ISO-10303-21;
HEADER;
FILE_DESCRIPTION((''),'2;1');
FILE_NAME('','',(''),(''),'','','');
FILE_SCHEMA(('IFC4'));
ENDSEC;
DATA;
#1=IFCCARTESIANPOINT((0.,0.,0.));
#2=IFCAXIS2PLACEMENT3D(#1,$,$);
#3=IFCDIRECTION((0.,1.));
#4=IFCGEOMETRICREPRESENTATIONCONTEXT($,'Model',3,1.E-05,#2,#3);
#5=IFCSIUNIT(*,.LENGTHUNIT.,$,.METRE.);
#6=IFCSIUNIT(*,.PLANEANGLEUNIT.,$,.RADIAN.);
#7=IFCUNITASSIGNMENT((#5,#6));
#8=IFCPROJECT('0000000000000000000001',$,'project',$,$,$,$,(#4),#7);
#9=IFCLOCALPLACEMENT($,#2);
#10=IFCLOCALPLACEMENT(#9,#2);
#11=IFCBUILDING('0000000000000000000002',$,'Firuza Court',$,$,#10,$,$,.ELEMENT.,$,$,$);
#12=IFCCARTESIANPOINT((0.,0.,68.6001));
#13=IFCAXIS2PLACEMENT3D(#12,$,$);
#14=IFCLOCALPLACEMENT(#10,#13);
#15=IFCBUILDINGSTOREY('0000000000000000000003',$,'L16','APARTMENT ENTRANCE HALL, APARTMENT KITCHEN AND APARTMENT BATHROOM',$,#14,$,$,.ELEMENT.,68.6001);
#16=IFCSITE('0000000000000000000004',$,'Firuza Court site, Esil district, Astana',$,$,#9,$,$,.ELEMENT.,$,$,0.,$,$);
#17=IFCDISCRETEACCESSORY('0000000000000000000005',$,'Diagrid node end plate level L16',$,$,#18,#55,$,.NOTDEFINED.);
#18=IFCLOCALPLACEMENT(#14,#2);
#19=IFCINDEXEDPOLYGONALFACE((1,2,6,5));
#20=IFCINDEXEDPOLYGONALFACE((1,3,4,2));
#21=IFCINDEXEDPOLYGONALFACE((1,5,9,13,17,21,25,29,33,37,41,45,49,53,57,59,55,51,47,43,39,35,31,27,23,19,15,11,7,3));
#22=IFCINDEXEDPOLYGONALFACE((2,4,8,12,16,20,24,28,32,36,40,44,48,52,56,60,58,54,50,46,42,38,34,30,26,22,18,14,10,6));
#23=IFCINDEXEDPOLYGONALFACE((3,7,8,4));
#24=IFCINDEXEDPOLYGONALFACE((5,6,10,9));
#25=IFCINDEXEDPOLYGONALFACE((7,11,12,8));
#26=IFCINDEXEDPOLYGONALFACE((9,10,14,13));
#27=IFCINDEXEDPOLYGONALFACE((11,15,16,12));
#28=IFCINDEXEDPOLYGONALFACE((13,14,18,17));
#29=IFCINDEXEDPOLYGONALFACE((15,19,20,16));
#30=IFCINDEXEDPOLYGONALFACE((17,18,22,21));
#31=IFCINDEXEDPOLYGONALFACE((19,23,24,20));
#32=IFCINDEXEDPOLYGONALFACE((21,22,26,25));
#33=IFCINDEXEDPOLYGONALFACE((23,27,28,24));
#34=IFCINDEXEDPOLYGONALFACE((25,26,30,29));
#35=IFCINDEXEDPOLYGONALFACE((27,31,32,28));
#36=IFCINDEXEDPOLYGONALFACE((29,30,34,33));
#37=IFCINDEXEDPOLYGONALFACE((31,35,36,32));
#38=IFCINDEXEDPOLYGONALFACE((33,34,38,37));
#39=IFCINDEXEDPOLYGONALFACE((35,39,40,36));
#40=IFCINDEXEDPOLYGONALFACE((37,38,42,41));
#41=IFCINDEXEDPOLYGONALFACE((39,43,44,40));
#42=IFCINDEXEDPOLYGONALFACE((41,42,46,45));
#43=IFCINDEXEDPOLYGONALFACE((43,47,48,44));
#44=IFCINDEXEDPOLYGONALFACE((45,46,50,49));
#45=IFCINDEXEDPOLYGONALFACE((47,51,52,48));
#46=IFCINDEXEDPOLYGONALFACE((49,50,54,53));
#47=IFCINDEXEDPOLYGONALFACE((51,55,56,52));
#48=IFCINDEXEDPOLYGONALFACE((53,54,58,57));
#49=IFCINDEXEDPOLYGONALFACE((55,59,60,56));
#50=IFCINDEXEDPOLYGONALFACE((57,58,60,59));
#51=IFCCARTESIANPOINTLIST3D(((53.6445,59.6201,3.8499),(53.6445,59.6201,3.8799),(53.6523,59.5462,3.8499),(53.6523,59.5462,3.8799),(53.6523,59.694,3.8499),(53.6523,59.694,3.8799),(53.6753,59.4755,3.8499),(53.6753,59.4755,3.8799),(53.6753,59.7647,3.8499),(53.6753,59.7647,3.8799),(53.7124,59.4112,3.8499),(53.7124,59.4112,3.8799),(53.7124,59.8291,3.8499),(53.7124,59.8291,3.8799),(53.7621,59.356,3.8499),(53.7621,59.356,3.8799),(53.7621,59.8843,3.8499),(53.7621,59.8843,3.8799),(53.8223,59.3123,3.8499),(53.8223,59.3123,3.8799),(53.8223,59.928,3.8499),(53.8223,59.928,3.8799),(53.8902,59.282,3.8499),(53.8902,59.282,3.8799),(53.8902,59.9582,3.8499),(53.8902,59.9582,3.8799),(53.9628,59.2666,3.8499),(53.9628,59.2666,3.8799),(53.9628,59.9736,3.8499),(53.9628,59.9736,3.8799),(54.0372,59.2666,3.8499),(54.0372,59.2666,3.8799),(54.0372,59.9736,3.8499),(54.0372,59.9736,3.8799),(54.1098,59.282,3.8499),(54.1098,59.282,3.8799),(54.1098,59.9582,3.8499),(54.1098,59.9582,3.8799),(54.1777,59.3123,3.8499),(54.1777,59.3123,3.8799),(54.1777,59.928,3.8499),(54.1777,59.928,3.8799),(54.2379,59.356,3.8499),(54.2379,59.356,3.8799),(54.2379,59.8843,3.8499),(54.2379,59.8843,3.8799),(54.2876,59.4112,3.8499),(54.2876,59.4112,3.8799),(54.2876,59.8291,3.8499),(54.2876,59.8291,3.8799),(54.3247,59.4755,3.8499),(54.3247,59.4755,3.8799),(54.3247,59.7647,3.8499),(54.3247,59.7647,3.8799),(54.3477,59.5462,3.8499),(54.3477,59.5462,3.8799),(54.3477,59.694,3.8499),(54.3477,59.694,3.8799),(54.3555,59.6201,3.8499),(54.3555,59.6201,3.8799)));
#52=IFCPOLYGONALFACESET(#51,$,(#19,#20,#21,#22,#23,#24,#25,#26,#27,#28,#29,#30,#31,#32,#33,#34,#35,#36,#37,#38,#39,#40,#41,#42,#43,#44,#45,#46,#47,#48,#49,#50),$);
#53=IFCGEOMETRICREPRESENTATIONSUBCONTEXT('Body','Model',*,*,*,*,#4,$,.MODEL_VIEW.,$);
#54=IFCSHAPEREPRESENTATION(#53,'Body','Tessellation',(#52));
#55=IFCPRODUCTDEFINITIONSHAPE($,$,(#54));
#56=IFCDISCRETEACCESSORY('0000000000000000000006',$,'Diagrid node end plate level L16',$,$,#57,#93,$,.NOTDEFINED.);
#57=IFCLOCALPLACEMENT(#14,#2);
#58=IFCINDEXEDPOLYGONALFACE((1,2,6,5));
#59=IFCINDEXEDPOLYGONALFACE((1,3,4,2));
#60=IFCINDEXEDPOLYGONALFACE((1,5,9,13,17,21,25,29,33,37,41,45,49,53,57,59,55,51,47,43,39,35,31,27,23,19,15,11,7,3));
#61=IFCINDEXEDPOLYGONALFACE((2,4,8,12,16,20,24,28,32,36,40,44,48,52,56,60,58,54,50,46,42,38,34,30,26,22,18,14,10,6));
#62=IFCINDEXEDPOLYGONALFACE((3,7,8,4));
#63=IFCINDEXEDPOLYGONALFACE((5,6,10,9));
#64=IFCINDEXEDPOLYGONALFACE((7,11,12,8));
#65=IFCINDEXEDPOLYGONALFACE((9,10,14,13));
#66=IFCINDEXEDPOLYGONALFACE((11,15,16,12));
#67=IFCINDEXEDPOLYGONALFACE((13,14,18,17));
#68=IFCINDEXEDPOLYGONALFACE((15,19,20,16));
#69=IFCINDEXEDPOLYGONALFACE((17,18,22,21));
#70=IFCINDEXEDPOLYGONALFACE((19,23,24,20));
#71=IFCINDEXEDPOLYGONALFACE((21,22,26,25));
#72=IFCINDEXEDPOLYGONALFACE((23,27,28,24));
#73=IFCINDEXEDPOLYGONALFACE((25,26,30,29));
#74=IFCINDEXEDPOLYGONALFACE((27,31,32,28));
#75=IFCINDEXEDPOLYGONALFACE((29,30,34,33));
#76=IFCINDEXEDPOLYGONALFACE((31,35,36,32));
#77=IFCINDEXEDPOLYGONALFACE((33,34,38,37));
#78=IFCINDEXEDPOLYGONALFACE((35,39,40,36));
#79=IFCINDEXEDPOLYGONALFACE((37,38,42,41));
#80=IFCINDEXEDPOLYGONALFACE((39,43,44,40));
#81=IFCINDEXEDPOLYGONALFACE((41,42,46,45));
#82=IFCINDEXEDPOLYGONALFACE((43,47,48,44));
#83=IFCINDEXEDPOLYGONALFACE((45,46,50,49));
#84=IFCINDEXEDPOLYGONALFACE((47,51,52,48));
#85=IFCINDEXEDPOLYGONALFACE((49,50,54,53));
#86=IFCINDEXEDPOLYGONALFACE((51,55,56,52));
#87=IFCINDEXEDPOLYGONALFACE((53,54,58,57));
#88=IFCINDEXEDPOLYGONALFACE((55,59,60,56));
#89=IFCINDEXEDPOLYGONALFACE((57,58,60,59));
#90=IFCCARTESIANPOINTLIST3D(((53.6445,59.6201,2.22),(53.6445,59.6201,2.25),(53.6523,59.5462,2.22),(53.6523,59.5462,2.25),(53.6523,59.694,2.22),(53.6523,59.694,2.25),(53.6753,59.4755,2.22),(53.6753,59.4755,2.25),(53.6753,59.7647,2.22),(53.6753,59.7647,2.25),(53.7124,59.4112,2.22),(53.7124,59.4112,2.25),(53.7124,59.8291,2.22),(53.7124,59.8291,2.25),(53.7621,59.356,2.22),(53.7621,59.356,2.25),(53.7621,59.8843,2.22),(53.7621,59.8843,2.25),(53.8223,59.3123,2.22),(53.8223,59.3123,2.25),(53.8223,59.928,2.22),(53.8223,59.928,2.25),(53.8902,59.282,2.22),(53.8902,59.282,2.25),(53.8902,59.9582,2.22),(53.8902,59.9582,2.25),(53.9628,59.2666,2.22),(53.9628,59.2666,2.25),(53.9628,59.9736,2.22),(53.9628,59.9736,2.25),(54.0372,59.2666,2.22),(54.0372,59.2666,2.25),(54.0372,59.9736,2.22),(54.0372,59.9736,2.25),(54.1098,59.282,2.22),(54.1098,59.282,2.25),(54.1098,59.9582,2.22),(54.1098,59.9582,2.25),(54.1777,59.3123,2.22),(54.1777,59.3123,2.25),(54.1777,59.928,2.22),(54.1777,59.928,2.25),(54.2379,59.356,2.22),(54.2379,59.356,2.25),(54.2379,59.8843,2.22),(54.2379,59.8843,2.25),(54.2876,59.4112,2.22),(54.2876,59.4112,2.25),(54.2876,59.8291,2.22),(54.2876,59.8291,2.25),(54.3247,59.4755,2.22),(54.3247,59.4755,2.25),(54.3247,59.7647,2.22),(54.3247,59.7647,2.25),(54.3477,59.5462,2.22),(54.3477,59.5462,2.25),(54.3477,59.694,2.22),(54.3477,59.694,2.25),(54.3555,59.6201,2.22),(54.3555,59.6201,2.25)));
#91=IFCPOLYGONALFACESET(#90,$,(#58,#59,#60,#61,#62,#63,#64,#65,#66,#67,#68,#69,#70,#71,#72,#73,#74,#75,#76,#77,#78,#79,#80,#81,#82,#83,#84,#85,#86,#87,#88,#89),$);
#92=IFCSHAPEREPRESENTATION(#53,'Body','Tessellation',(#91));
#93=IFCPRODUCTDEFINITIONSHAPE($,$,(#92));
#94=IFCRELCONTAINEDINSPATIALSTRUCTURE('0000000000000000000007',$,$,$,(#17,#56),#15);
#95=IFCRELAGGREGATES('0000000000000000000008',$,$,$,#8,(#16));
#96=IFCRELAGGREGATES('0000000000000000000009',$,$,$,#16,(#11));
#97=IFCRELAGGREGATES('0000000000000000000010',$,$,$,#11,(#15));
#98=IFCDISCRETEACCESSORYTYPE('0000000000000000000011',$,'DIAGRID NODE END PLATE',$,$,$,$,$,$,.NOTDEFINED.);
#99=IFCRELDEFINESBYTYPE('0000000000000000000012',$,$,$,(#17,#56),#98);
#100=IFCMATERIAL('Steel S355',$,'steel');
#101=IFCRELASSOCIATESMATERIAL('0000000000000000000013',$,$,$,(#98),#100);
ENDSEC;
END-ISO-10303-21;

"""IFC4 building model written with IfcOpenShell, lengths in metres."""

from ifc_helpers import new_model, si_unit, direction, frame, origin, origin_2d, place, context, subcontext, project, spatial, circle, extrude, material, material_profile, profile_set, type_object, element, save


model = new_model("IFC4")

# Units and contexts
model_context = context("Model", 3, precision=1e-05, world=origin(), true_north=direction((0.0, 1.0)))
body_context = subcontext(model_context, "Body", "Model", "MODEL_VIEW")
ifc_project = project(units=[si_unit("LENGTHUNIT", "METRE"), si_unit("PLANEANGLEUNIT", "RADIAN")], contexts=[model_context])

# Site, building, storey
site_placement = place(None, origin())
site = spatial("IfcSite", under=ifc_project, at=site_placement, Name="Firuza Court site, Esil district, Astana", CompositionType="ELEMENT", RefElevation=0.0)
building_placement = place(site_placement, origin())
building = spatial("IfcBuilding", under=site, at=building_placement, Name="Firuza Court", CompositionType="ELEMENT")
storey_placement = place(building_placement, frame((0.0, 0.0, 68.6001)))
storey = spatial("IfcBuildingStorey", under=building, at=storey_placement, Name="L16", Description="APARTMENT ENTRANCE HALL, APARTMENT KITCHEN AND APARTMENT BATHROOM", CompositionType="ELEMENT", Elevation=68.6001)

# Discrete accessories
ifc_material_1 = material(Name="Steel S355", Category="steel")
ifc_material_profile_1 = material_profile(ifc_material_1, circle(Radius=0.3555, at=origin_2d()), Name="PL D711")
ifc_profile_set_1 = profile_set([ifc_material_profile_1], Name="Steel S355")
discrete_accessory_type = type_object("IfcDiscreteAccessoryType", Name="DIAGRID NODE END PLATE", PredefinedType="NOTDEFINED", material=ifc_profile_set_1)
for number, where, z_axis, x_axis, name in (
    (1, (54.0, 59.6201, 3.8499), (0.0, 0.0, 1.0), (1.0, 0.0, 0.0), "Diagrid node end plate level L16"),
    (2, (54.0, 59.6201, 2.22), (0.0, 0.0, 1.0), (1.0, 0.0, 0.0), "Diagrid node end plate level L16"),
):
    element("IfcDiscreteAccessory", number, at=place(storey_placement, frame(where, z_axis=z_axis, x_axis=x_axis)), inside=storey, type_object=discrete_accessory_type, Name=name, PredefinedType="NOTDEFINED", context=body_context, shape_type="SweptSolid", body=[
        extrude(circle(Radius=0.3555, at=origin_2d()), origin(), (0.0, 0.0, 1.0), 0.03),
    ])

save(model, "model.ifc")
